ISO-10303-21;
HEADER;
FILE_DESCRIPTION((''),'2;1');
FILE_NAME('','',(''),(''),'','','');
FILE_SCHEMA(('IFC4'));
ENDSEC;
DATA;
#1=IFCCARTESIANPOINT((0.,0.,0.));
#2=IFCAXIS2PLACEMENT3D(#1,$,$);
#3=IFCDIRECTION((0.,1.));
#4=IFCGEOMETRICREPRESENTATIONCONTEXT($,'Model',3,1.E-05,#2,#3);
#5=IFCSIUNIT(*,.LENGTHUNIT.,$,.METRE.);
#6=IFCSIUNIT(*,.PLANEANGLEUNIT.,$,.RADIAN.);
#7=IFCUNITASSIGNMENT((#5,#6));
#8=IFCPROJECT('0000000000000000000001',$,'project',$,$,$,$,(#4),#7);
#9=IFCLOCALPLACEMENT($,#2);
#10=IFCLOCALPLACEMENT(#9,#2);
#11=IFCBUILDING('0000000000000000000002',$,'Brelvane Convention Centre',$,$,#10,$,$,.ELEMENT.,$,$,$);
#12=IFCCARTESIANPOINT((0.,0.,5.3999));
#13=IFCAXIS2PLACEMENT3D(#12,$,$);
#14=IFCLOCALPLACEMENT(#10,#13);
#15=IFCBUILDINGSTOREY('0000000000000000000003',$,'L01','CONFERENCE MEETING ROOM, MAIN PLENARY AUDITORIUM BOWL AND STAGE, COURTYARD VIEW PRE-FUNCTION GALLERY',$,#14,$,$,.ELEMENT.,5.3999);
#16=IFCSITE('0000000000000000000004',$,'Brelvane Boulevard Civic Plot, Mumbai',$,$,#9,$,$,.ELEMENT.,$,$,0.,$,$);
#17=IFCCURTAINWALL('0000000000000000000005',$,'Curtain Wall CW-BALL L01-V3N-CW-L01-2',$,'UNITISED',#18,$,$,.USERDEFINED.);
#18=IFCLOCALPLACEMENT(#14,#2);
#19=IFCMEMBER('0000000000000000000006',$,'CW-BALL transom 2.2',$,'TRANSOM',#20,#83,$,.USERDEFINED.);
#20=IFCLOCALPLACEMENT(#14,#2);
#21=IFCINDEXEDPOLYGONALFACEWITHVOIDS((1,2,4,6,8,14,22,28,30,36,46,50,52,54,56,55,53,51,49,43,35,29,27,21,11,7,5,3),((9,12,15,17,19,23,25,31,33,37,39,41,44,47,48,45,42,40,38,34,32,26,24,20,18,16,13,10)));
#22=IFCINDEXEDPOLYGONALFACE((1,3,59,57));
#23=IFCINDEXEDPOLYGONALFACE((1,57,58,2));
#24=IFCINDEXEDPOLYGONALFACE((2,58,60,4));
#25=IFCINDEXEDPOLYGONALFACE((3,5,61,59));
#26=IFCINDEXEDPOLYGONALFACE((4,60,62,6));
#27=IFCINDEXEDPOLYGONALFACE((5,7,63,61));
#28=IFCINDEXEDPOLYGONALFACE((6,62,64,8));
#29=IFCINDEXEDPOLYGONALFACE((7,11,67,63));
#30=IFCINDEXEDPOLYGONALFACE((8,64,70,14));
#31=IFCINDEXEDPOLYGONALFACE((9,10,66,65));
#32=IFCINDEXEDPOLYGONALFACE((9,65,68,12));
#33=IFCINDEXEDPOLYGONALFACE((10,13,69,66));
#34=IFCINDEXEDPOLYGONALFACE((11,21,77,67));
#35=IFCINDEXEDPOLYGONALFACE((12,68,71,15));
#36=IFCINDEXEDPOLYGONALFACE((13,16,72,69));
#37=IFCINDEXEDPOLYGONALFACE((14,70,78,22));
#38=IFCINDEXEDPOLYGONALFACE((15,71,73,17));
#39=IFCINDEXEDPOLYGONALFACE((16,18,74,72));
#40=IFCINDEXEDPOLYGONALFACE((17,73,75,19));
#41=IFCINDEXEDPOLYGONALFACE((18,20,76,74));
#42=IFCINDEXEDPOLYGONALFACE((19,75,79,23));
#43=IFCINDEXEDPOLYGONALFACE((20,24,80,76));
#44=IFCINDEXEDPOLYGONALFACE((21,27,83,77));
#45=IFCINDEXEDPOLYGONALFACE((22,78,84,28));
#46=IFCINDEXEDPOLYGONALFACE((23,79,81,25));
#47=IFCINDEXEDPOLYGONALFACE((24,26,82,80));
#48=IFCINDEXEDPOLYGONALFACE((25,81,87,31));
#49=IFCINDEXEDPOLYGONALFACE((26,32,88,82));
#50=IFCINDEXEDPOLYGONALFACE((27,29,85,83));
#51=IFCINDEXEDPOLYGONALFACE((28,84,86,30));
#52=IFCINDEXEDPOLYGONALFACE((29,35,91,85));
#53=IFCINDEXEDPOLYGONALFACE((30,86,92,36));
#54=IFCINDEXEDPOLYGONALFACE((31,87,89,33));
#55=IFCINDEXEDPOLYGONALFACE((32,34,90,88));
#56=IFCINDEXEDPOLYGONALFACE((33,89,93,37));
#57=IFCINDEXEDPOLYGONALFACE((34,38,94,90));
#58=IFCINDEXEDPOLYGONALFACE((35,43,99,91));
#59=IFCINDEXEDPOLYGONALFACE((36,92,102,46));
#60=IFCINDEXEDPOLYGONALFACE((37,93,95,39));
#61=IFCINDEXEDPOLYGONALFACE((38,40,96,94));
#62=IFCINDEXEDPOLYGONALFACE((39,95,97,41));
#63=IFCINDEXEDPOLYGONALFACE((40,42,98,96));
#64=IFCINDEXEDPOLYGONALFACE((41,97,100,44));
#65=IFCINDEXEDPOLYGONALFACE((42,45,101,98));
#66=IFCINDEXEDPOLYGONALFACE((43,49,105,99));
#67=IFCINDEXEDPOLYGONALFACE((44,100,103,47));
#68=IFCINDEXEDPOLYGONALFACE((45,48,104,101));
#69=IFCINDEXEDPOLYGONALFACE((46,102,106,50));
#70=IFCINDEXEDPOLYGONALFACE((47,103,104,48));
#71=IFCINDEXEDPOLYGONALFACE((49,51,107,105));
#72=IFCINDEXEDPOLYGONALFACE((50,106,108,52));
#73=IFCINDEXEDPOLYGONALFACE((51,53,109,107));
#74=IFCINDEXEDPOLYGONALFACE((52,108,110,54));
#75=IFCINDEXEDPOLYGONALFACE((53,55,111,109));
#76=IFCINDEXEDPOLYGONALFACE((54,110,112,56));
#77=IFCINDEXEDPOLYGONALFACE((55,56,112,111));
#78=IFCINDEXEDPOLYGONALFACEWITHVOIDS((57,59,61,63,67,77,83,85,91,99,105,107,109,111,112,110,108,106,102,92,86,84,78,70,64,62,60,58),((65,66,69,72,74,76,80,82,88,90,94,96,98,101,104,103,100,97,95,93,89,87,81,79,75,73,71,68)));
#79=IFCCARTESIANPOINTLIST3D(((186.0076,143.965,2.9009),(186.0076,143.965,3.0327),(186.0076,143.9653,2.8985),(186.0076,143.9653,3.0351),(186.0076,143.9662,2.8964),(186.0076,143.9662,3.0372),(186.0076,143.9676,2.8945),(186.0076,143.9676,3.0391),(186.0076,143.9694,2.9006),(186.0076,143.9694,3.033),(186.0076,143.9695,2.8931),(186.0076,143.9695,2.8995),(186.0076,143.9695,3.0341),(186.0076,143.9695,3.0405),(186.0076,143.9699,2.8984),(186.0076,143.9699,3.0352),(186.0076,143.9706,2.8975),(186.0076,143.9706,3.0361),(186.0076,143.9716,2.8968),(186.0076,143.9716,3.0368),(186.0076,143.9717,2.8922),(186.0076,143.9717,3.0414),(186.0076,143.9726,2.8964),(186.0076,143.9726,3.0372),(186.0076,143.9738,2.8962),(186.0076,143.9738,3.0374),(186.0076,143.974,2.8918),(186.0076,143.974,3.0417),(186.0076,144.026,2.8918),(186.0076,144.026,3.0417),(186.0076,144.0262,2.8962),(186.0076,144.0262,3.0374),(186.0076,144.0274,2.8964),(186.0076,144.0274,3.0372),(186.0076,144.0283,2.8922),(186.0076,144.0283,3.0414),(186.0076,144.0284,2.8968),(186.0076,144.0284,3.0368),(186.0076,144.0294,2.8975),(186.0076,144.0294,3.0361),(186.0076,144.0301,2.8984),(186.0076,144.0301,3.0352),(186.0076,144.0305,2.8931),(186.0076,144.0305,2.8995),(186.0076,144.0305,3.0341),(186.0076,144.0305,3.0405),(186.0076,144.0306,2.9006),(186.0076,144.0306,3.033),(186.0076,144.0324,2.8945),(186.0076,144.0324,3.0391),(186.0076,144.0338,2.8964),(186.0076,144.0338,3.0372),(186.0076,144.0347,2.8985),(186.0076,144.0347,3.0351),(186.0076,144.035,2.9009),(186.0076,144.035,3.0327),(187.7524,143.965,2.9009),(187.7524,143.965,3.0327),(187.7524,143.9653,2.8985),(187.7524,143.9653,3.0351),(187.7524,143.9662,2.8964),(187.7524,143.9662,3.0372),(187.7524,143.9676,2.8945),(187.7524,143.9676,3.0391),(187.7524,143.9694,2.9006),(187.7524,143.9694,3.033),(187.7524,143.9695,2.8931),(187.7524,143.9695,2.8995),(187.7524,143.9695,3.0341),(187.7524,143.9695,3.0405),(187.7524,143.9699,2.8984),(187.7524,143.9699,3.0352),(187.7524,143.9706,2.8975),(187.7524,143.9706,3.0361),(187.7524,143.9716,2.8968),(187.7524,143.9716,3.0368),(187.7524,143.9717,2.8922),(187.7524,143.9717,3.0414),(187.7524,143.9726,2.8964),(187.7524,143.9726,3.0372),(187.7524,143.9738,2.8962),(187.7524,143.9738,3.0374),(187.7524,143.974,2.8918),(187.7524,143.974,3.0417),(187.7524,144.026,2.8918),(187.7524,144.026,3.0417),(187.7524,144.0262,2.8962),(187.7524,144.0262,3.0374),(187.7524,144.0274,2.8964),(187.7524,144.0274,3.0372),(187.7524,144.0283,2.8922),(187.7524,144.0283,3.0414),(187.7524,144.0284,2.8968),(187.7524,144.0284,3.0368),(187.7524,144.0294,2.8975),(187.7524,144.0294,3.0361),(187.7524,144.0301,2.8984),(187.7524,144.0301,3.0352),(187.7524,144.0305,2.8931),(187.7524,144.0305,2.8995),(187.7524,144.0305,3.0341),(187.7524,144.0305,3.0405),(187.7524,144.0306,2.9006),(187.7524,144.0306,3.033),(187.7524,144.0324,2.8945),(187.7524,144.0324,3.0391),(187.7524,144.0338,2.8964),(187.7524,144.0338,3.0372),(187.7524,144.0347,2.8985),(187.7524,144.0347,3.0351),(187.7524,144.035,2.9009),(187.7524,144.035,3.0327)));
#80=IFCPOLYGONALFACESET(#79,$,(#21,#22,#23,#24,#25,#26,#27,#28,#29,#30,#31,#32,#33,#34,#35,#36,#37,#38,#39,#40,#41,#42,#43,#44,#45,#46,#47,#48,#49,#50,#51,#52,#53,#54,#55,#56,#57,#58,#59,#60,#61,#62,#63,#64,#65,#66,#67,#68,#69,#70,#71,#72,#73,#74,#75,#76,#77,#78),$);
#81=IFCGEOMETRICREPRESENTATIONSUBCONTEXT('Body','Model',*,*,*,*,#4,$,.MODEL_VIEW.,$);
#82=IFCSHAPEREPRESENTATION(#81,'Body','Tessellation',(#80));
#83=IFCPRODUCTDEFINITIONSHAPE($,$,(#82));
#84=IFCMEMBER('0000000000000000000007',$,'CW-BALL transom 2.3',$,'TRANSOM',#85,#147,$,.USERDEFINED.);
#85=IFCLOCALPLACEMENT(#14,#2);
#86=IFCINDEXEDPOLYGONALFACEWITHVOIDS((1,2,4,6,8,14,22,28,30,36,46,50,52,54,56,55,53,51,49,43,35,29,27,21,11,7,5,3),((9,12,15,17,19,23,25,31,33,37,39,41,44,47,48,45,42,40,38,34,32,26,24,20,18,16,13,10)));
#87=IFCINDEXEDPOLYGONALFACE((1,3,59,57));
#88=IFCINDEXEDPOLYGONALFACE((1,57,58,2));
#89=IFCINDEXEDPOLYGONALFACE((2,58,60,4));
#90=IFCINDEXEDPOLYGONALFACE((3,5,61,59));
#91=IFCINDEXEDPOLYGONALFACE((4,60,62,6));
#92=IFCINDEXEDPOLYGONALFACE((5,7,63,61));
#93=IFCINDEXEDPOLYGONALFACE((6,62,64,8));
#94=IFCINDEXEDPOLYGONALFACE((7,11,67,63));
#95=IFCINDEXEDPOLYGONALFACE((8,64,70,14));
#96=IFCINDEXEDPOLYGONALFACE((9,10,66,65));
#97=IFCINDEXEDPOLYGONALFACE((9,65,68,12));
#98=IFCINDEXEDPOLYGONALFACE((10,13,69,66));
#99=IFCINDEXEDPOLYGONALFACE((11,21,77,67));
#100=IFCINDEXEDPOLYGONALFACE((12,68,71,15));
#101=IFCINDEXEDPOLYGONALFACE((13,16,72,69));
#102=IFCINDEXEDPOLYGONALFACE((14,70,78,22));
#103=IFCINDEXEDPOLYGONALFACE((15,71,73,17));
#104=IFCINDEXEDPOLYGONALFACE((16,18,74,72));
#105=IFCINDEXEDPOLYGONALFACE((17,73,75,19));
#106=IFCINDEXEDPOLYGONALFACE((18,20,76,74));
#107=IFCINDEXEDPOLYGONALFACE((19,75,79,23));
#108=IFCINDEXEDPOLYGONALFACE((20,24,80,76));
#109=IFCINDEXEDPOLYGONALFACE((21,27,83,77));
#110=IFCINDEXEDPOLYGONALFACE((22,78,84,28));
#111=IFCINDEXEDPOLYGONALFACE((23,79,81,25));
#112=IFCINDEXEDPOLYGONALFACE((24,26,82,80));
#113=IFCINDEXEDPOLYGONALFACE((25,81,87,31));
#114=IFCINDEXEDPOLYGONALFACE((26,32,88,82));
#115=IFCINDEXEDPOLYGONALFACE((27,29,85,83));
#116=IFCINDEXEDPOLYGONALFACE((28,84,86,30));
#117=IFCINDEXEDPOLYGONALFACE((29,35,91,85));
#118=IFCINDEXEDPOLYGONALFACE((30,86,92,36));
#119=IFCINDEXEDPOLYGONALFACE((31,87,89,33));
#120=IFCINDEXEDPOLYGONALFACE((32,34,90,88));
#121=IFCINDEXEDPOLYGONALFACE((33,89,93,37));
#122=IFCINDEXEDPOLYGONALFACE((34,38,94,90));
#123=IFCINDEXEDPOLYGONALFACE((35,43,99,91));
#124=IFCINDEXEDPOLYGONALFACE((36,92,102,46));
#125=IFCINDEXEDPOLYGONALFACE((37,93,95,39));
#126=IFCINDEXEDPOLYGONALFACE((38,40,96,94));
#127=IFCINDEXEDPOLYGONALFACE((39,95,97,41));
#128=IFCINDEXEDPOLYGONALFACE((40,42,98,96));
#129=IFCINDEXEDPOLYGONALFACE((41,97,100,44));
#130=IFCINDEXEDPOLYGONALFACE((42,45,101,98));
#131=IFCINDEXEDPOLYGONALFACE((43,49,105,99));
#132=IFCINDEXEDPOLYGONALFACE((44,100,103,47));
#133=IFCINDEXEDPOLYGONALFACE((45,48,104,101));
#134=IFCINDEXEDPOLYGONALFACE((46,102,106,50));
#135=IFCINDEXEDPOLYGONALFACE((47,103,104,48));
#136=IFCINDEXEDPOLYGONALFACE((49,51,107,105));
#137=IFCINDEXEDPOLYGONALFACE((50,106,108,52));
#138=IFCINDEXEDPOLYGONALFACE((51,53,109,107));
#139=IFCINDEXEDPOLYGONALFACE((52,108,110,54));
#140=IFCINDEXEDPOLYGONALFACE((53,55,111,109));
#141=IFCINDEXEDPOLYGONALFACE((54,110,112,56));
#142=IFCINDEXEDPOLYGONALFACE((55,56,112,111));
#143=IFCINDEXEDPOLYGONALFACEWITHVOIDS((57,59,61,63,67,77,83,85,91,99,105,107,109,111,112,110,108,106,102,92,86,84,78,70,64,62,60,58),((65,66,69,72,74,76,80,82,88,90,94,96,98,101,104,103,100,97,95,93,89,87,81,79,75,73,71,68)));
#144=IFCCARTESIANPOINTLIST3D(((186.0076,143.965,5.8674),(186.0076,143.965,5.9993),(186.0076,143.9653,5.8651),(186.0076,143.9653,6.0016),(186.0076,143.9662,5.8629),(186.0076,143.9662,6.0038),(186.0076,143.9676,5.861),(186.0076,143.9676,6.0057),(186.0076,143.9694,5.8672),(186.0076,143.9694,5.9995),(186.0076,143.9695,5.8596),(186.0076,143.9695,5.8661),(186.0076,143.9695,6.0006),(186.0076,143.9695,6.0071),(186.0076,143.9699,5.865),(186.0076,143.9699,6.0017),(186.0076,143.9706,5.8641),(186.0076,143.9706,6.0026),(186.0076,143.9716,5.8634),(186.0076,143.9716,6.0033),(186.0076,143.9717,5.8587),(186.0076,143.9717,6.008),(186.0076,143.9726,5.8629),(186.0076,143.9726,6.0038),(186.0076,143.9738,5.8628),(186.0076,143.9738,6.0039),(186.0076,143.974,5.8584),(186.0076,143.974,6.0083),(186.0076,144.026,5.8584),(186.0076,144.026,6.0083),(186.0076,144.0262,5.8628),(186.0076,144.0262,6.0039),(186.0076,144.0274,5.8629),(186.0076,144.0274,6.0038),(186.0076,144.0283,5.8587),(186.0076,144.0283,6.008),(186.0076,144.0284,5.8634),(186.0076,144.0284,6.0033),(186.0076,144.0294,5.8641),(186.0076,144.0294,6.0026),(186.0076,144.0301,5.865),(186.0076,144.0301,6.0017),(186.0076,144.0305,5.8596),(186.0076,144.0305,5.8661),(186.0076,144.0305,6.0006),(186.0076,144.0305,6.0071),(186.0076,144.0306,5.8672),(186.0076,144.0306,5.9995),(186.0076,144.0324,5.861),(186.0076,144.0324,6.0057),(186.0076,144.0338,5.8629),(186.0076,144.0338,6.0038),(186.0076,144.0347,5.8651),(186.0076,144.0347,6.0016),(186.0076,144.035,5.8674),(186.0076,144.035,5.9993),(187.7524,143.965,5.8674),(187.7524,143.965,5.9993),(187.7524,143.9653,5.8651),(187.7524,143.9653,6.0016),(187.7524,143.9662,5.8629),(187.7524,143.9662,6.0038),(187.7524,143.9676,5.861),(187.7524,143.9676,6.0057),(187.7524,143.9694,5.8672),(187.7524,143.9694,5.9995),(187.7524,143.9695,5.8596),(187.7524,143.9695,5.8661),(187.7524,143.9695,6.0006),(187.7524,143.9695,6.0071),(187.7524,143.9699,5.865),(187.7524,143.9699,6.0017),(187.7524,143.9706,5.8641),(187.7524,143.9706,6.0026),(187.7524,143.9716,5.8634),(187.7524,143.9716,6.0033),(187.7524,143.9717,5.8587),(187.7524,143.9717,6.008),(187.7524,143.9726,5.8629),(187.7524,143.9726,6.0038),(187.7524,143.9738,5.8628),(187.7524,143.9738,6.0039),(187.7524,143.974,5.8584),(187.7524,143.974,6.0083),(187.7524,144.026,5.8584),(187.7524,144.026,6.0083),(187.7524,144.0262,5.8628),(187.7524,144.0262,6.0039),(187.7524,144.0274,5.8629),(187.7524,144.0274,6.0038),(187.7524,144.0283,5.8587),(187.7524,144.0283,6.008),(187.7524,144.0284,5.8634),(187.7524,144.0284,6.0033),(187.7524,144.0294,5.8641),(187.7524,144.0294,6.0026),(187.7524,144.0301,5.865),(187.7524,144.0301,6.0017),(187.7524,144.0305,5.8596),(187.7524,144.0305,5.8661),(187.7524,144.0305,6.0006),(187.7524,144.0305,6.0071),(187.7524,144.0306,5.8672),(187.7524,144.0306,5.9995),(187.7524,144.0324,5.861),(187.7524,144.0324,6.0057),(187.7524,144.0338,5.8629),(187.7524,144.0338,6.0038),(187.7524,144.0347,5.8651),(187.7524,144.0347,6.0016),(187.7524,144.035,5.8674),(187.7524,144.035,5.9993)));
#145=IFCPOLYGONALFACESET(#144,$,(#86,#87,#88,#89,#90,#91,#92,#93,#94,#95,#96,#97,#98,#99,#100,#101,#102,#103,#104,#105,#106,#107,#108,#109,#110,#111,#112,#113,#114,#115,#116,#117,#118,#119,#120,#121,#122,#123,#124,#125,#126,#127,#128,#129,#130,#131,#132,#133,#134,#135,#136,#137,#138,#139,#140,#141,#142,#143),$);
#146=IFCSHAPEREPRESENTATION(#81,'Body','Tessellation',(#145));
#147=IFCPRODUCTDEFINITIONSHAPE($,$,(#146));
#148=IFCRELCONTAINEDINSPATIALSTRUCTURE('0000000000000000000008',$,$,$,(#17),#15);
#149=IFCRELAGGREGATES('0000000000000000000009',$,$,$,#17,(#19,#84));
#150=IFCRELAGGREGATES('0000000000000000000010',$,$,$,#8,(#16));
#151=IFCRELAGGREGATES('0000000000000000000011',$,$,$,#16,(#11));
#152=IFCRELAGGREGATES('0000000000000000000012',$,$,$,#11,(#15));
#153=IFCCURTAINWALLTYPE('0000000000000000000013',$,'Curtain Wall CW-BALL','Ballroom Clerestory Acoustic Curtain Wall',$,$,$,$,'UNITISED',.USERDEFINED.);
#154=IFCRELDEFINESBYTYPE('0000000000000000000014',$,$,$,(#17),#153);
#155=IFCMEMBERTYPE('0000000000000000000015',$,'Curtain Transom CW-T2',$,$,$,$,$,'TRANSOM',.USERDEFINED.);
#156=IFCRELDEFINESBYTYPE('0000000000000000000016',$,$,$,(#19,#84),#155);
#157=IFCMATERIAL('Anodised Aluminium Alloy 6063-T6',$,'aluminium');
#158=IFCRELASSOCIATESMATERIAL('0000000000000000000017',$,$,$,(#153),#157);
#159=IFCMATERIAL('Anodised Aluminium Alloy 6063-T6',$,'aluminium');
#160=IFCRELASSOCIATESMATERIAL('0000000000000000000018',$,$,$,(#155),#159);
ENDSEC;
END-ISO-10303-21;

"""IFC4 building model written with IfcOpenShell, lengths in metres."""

from ifc_helpers import new_model, si_unit, direction, frame, origin, origin_2d, place, context, subcontext, project, spatial, hollow_rectangle, extrude, material, material_profile, profile_set, type_object, element, aggregate, save


model = new_model("IFC4")

# Units and contexts
model_context = context("Model", 3, precision=1e-05, world=origin(), true_north=direction((0.0, 1.0)))
body_context = subcontext(model_context, "Body", "Model", "MODEL_VIEW")
ifc_project = project(units=[si_unit("LENGTHUNIT", "METRE"), si_unit("PLANEANGLEUNIT", "RADIAN")], contexts=[model_context])

# Site, building, storey
site_placement = place(None, origin())
site = spatial("IfcSite", under=ifc_project, at=site_placement, Name="Brelvane Boulevard Civic Plot, Mumbai", CompositionType="ELEMENT", RefElevation=0.0)
building_placement = place(site_placement, origin())
building = spatial("IfcBuilding", under=site, at=building_placement, Name="Brelvane Convention Centre", CompositionType="ELEMENT")
storey_placement = place(building_placement, frame((0.0, 0.0, 5.3999)))
storey = spatial("IfcBuildingStorey", under=building, at=storey_placement, Name="L01", Description="CONFERENCE MEETING ROOM, MAIN PLENARY AUDITORIUM BOWL AND STAGE, COURTYARD VIEW PRE-FUNCTION GALLERY", CompositionType="ELEMENT", Elevation=5.3999)

# Curtain wall, members
ifc_material_1 = material(Name="Anodised Aluminium Alloy 6063-T6", Category="aluminium")
curtain_wall_type = type_object("IfcCurtainWallType", Name="Curtain Wall CW-BALL", Description="Ballroom Clerestory Acoustic Curtain Wall", ElementType="UNITISED", PredefinedType="USERDEFINED", material=ifc_material_1)
curtain_wall_placement = place(storey_placement, origin())
curtain_wall = element("IfcCurtainWall", 1, at=curtain_wall_placement, inside=storey, type_object=curtain_wall_type, Name="Curtain Wall CW-BALL L01-V3N-CW-L01-2", ObjectType="UNITISED", PredefinedType="USERDEFINED")
ifc_material_2 = material(Name="Anodised Aluminium Alloy 6063-T6", Category="aluminium")
ifc_material_profile_1 = material_profile(ifc_material_2, hollow_rectangle(XDim=0.0701, YDim=0.1499, WallThickness=0.0044, InnerFilletRadius=0.0044, OuterFilletRadius=0.009, at=origin_2d()), Name="ALU-T 150x70x4.5")
ifc_profile_set_1 = profile_set([ifc_material_profile_1], Name="Anodised Aluminium Alloy 6063-T6")
member_type_1 = type_object("IfcMemberType", Name="Curtain Transom CW-T2", ElementType="TRANSOM", PredefinedType="USERDEFINED", material=ifc_profile_set_1)
member_1_placement = place(storey_placement, frame((186.0076, 144.0, 2.9668), z_axis=(1.0, 0.0, 0.0), x_axis=(0.0, 1.0, 0.0)))
member_1 = element("IfcMember", 2, at=member_1_placement, type_object=member_type_1, Name="CW-BALL transom 2.2", ObjectType="TRANSOM", PredefinedType="USERDEFINED", context=body_context, shape_type="SweptSolid", body=[
    extrude(hollow_rectangle(XDim=0.0701, YDim=0.1499, WallThickness=0.0044, InnerFilletRadius=0.0044, OuterFilletRadius=0.009, at=origin_2d()), origin(), (0.0, 0.0, 1.0), 1.7449),
])
member_2_placement = place(storey_placement, frame((186.0076, 144.0, 5.9333), z_axis=(1.0, 0.0, 0.0), x_axis=(0.0, 1.0, 0.0)))
member_2 = element("IfcMember", 3, at=member_2_placement, type_object=member_type_1, Name="CW-BALL transom 2.3", ObjectType="TRANSOM", PredefinedType="USERDEFINED", context=body_context, shape_type="SweptSolid", body=[
    extrude(hollow_rectangle(XDim=0.0701, YDim=0.1499, WallThickness=0.0044, InnerFilletRadius=0.0044, OuterFilletRadius=0.009, at=origin_2d()), origin(), (0.0, 0.0, 1.0), 1.7449),
])
aggregate(curtain_wall, [member_1, member_2])

save(model, "model.ifc")
